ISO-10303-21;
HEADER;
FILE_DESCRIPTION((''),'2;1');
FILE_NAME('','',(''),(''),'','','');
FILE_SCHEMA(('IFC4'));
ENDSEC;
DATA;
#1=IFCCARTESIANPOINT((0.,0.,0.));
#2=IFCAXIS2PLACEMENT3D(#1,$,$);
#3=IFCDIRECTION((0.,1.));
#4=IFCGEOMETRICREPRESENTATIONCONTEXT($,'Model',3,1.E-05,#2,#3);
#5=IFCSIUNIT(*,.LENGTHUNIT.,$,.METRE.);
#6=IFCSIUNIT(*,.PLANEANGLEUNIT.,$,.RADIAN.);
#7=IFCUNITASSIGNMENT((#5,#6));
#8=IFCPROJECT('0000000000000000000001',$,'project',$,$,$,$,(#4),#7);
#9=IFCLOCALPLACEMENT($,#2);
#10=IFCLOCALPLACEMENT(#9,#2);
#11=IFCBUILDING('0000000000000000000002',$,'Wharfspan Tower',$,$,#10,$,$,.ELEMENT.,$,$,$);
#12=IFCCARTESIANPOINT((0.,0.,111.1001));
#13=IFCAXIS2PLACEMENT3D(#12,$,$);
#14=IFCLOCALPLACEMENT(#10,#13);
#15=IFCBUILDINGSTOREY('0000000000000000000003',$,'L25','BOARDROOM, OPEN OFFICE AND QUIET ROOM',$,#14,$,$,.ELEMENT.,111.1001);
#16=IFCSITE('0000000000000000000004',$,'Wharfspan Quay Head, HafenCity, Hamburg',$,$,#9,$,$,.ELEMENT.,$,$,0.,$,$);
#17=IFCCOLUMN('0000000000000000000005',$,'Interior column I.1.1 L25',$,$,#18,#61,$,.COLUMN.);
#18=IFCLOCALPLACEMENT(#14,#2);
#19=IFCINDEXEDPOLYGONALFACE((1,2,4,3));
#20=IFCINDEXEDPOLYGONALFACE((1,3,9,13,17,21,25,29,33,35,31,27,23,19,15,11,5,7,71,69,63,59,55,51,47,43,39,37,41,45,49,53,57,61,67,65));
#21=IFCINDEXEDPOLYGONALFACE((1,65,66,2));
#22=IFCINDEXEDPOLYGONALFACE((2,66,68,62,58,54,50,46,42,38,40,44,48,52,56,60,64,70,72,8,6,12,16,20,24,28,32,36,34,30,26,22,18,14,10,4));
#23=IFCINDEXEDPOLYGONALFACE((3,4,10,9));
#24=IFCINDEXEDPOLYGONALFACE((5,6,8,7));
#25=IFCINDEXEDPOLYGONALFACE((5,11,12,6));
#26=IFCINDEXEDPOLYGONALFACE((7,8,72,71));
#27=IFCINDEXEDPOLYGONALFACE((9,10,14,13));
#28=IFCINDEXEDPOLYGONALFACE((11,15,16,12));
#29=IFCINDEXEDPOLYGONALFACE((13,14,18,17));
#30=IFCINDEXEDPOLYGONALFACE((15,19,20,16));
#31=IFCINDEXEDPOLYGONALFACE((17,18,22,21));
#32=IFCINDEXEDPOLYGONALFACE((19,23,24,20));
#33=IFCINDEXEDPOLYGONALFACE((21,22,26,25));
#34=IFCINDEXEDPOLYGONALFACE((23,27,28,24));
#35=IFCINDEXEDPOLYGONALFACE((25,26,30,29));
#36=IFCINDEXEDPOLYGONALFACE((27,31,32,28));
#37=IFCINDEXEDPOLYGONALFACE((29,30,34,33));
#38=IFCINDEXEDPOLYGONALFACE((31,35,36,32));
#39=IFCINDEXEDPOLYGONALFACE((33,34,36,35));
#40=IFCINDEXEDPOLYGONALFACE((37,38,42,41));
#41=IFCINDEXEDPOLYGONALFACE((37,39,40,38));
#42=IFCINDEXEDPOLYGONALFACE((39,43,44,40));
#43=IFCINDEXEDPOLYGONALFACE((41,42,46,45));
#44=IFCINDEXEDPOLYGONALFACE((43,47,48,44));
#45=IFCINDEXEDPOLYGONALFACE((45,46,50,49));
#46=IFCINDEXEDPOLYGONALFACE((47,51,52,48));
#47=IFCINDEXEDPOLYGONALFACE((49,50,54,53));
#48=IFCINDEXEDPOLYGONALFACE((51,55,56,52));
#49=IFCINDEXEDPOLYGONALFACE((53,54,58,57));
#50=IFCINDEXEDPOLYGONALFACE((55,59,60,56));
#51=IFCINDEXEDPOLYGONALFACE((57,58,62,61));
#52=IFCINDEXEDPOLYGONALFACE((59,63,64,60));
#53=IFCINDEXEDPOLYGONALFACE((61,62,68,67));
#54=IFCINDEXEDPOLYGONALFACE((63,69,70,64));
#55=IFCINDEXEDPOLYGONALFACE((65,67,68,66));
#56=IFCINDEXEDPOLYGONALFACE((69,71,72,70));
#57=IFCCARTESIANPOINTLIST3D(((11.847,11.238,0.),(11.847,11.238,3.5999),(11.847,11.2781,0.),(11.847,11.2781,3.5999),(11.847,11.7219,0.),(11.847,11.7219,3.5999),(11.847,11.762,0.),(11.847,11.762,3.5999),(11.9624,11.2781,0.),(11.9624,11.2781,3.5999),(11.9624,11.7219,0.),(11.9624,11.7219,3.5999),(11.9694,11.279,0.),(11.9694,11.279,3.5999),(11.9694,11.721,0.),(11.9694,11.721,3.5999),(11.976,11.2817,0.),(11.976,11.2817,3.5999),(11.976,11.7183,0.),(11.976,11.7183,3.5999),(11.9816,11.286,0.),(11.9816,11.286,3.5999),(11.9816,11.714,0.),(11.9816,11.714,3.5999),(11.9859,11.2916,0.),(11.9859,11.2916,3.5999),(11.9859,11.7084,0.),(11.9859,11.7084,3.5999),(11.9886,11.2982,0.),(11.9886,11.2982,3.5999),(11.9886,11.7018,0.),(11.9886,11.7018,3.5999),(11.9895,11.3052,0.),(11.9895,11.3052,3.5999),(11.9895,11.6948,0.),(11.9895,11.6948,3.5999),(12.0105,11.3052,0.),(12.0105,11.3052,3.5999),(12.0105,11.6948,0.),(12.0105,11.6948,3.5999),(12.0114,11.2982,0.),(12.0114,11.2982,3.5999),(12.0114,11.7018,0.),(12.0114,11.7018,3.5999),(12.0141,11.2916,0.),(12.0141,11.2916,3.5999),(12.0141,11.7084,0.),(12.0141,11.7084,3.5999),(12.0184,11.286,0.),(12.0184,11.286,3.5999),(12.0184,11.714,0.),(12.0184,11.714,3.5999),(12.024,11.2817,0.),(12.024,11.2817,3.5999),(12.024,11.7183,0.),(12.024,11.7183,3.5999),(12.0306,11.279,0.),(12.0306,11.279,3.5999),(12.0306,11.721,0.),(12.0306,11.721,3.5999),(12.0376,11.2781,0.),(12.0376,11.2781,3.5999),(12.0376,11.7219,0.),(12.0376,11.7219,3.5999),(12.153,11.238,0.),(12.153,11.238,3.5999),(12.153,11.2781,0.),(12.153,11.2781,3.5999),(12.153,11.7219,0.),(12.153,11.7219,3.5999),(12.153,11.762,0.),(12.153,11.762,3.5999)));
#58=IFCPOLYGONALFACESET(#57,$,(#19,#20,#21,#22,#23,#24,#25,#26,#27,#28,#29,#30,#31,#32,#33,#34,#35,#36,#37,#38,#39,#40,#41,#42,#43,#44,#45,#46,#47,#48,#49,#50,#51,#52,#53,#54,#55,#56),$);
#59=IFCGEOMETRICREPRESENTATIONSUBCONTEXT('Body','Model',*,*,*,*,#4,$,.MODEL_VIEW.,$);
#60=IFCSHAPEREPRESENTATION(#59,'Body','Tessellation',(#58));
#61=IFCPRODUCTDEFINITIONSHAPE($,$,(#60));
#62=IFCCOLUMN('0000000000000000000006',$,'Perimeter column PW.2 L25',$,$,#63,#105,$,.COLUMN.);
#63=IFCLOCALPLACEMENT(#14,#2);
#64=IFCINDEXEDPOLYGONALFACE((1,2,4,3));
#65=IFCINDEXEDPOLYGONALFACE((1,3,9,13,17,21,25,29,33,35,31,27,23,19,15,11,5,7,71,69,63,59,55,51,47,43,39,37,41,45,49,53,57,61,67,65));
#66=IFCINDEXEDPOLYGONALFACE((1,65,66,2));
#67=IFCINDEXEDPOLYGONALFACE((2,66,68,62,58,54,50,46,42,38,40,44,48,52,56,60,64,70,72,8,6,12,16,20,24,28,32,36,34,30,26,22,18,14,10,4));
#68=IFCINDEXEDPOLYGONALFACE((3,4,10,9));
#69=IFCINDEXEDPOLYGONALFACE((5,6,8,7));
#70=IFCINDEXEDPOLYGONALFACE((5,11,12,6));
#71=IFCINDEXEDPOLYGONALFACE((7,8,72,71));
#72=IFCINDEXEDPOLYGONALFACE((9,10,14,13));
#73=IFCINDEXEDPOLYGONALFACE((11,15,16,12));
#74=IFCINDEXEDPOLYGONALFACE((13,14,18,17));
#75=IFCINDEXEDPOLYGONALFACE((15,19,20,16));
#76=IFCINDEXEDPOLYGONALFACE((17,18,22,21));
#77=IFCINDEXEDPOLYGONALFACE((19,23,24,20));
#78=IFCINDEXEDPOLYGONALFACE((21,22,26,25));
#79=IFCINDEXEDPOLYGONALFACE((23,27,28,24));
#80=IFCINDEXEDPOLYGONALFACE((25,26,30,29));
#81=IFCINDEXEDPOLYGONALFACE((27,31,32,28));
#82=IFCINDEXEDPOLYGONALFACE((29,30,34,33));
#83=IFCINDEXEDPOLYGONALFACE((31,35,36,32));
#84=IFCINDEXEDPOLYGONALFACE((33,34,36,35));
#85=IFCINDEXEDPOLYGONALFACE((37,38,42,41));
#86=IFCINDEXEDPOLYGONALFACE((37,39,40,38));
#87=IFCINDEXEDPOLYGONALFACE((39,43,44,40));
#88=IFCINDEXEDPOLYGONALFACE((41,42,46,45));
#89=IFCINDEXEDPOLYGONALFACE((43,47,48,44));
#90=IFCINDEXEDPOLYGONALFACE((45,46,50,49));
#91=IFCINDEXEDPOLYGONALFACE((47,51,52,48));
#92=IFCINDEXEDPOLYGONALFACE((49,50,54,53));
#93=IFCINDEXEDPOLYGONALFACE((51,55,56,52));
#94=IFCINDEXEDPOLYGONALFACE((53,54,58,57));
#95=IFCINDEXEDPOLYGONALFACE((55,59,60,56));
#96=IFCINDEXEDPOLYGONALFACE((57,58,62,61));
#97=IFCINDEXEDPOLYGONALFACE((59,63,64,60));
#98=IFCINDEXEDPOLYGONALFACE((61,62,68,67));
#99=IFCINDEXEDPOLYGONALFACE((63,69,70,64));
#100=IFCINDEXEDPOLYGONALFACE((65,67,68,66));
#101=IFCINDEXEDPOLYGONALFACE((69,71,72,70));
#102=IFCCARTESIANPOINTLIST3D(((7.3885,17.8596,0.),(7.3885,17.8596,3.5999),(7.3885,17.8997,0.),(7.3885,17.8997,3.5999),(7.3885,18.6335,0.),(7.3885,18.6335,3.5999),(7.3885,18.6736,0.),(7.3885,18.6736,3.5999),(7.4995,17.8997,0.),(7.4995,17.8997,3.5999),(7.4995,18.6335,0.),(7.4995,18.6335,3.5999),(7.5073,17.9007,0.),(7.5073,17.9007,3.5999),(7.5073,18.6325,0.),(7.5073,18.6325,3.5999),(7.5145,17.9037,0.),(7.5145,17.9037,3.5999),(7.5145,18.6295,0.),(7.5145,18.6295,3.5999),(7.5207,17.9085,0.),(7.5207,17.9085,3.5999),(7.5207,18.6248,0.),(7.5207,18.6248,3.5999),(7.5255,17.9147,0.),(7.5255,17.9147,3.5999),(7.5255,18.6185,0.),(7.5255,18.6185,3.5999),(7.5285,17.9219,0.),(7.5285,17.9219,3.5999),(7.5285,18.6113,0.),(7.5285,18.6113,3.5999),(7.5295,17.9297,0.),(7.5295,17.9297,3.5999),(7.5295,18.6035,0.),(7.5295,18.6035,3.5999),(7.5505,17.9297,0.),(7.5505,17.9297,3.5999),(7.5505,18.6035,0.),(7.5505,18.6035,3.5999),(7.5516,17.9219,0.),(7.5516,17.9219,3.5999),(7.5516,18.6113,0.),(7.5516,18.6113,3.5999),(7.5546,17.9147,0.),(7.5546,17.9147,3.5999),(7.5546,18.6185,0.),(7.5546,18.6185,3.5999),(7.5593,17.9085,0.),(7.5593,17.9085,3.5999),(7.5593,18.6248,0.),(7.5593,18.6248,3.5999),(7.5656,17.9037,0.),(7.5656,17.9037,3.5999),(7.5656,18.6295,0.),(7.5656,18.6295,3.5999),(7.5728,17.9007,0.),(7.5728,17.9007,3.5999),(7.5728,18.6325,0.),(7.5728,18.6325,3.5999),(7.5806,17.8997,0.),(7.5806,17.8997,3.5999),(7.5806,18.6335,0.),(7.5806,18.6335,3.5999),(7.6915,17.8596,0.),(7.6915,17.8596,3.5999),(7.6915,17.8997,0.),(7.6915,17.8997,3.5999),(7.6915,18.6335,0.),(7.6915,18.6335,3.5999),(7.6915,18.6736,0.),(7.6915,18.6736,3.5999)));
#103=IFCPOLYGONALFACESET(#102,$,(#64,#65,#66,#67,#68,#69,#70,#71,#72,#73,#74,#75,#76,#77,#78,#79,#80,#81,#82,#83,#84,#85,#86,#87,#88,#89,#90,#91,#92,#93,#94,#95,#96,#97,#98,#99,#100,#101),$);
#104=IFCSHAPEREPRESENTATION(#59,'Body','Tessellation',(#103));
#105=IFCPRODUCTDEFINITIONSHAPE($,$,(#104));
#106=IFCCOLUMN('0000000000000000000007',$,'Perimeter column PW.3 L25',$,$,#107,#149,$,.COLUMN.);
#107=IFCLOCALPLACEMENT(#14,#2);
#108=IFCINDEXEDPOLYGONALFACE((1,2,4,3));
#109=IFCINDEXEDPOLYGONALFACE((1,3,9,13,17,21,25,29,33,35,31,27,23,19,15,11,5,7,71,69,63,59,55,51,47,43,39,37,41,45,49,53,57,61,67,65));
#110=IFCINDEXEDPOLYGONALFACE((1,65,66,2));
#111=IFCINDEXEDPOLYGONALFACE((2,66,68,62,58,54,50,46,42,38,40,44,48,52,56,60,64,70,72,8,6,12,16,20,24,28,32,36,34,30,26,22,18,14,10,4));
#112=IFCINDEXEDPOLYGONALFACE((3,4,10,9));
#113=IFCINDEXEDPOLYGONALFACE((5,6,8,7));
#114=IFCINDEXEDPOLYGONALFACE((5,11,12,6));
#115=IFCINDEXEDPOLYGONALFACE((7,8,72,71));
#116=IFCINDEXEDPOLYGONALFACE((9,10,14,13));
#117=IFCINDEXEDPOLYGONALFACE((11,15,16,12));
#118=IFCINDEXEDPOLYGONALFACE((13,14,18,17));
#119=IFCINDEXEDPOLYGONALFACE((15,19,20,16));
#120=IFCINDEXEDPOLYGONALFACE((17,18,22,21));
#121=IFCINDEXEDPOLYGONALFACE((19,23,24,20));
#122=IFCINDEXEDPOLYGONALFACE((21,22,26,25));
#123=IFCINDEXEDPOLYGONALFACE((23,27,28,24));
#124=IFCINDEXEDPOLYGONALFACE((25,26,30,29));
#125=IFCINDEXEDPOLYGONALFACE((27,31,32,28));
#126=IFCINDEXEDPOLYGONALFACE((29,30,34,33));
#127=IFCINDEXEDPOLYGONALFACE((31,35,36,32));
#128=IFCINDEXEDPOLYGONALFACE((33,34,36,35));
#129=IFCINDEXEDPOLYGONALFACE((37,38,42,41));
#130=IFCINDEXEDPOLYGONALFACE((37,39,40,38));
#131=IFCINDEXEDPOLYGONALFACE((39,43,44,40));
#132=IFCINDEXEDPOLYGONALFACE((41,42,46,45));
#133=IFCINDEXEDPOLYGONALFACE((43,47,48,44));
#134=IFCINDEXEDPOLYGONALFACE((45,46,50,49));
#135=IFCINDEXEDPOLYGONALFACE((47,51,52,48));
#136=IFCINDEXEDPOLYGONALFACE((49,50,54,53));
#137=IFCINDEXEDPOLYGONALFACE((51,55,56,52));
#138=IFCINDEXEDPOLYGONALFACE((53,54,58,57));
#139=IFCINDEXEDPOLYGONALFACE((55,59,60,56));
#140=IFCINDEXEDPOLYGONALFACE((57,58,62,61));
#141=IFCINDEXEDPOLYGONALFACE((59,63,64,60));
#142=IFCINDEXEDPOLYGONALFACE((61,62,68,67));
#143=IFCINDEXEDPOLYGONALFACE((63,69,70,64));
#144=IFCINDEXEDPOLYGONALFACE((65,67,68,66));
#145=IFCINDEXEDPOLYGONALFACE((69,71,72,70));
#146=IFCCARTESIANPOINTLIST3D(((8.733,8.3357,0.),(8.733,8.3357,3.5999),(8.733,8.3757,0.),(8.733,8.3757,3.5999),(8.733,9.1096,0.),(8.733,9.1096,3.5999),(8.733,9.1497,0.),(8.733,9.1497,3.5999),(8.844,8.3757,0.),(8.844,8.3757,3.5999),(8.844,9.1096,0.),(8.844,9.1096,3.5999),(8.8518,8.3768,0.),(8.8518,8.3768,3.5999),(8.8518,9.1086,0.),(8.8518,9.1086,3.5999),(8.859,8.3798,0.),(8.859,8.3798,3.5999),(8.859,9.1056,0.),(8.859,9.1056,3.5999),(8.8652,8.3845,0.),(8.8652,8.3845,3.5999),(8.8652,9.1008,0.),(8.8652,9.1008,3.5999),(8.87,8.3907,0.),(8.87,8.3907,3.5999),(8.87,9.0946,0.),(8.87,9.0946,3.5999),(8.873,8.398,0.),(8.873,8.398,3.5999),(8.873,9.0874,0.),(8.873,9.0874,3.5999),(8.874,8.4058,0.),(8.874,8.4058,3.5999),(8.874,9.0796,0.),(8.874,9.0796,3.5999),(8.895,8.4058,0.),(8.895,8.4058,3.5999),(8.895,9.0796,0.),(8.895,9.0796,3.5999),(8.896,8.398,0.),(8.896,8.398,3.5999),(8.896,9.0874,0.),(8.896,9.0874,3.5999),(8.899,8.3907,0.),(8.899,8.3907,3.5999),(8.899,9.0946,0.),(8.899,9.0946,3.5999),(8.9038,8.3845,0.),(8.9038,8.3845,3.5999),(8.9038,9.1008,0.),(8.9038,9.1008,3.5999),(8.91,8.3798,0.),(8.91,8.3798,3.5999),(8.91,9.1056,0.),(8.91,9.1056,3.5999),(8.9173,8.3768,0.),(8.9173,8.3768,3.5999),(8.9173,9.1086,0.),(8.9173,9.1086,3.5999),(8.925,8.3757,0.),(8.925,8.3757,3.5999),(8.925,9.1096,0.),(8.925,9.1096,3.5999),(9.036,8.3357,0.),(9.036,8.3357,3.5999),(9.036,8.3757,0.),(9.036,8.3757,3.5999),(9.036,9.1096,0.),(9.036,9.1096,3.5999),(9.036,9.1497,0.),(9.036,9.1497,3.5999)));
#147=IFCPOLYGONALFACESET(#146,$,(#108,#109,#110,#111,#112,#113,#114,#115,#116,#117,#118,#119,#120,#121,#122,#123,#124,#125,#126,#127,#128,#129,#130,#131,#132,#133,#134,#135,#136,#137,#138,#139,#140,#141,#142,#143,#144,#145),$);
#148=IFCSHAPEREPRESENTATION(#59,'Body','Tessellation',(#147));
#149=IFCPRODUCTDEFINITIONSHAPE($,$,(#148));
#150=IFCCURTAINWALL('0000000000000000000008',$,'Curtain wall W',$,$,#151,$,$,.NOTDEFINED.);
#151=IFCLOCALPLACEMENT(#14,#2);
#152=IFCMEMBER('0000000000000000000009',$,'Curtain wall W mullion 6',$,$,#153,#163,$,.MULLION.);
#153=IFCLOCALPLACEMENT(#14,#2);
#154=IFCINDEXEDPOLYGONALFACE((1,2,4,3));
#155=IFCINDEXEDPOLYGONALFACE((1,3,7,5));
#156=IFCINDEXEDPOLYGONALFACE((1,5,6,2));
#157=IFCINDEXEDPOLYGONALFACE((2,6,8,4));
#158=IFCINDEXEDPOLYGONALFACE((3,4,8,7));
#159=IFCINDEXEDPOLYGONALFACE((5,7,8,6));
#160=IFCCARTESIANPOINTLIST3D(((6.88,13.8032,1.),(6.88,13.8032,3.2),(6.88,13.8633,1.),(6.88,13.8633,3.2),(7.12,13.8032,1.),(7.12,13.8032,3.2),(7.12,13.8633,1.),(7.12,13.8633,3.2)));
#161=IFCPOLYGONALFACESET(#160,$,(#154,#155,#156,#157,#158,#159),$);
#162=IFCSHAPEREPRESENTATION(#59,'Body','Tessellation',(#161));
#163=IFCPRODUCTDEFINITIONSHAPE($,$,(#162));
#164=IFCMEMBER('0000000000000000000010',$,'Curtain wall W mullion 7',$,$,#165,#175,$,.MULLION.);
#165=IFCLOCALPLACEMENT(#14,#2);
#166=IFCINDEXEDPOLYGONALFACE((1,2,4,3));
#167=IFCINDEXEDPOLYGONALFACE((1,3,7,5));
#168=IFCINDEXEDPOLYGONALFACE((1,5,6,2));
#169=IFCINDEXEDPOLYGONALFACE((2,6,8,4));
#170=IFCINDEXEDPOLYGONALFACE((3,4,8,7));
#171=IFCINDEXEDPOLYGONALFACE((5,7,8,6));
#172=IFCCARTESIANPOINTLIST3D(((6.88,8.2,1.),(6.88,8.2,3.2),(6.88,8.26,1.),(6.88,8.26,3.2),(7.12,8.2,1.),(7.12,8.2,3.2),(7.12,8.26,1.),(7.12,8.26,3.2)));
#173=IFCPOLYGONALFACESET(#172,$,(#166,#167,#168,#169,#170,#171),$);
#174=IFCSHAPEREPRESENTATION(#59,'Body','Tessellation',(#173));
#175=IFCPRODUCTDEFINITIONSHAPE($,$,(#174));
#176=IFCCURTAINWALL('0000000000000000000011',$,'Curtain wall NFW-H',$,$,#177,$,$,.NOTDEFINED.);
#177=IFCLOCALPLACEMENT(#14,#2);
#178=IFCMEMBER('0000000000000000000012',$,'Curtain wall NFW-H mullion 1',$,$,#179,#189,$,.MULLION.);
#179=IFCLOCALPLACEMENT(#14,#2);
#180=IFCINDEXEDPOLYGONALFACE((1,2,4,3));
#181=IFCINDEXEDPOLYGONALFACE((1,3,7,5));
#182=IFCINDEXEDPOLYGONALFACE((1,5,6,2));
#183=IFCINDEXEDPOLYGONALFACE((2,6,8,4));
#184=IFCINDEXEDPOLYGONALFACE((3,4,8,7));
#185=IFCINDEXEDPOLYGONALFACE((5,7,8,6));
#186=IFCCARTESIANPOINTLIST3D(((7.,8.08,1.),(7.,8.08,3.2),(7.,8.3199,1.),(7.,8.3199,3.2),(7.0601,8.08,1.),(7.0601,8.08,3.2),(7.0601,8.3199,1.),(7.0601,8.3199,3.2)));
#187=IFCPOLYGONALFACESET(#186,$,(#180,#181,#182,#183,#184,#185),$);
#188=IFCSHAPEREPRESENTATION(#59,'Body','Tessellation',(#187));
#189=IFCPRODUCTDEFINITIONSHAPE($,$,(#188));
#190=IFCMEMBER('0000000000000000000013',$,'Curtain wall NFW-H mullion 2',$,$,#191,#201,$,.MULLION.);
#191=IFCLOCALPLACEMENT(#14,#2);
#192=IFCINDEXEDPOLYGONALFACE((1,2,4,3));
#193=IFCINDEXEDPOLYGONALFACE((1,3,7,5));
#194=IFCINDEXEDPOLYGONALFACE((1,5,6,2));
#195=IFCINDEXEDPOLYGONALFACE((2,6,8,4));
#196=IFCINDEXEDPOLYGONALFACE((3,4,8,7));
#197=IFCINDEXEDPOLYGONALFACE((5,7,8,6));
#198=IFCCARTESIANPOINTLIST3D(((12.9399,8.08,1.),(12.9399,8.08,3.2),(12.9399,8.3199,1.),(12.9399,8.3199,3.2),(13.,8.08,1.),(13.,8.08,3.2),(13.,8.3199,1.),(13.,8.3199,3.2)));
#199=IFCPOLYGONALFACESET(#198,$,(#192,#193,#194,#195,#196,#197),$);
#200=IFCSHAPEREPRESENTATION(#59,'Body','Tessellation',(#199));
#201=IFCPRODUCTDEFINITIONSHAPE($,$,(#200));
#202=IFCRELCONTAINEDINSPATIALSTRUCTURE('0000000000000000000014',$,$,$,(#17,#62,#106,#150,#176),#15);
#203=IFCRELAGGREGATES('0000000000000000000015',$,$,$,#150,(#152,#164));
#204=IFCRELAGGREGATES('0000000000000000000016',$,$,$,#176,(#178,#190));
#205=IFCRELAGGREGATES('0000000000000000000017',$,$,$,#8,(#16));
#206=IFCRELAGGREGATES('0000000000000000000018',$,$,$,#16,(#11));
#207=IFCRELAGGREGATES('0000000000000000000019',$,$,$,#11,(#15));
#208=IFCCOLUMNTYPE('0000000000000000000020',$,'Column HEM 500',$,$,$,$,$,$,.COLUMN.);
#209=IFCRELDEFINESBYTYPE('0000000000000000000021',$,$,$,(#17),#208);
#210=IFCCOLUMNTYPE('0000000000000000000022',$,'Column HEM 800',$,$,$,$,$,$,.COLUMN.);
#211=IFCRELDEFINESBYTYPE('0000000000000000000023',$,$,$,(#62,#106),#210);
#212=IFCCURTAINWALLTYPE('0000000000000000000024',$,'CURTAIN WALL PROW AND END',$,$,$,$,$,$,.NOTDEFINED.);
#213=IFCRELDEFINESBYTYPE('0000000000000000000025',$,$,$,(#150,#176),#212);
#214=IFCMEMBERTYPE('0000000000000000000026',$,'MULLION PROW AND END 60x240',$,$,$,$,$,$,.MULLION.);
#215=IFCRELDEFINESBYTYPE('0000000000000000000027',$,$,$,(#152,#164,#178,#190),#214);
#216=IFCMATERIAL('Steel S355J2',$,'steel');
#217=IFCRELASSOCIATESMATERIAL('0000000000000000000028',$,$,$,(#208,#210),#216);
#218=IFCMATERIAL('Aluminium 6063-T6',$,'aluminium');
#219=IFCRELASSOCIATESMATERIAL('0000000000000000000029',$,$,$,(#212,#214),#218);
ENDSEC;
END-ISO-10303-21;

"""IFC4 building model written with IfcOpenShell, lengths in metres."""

from ifc_helpers import new_model, si_unit, direction, frame, origin, origin_2d, place, context, subcontext, project, spatial, rectangle, i_section, extrude, material, material_profile, profile_set, type_object, element, aggregate, save


model = new_model("IFC4")

# Units and contexts
model_context = context("Model", 3, precision=1e-05, world=origin(), true_north=direction((0.0, 1.0)))
body_context = subcontext(model_context, "Body", "Model", "MODEL_VIEW")
ifc_project = project(units=[si_unit("LENGTHUNIT", "METRE"), si_unit("PLANEANGLEUNIT", "RADIAN")], contexts=[model_context])

# Site, building, storey
site_placement = place(None, origin())
site = spatial("IfcSite", under=ifc_project, at=site_placement, Name="Wharfspan Quay Head, HafenCity, Hamburg", CompositionType="ELEMENT", RefElevation=0.0)
building_placement = place(site_placement, origin())
building = spatial("IfcBuilding", under=site, at=building_placement, Name="Wharfspan Tower", CompositionType="ELEMENT")
storey_placement = place(building_placement, frame((0.0, 0.0, 111.1001)))
storey = spatial("IfcBuildingStorey", under=building, at=storey_placement, Name="L25", Description="BOARDROOM, OPEN OFFICE AND QUIET ROOM", CompositionType="ELEMENT", Elevation=111.1001)

# Columns
ifc_material_1 = material(Name="Steel S355J2", Category="steel")
ifc_material_profile_1 = material_profile(ifc_material_1, i_section(OverallWidth=0.3059, OverallDepth=0.5239, WebThickness=0.021, FlangeThickness=0.04, FilletRadius=0.0271, at=origin_2d()))
ifc_profile_set_1 = profile_set([ifc_material_profile_1], Name="Steel S355J2")
column_type_1 = type_object("IfcColumnType", Name="Column HEM 500", PredefinedType="COLUMN", material=ifc_profile_set_1)
column_placement = place(storey_placement, frame((12.0, 11.5, 0.0), z_axis=(0.0, 0.0, 1.0), x_axis=(1.0, 0.0, 0.0)))
element("IfcColumn", 1, at=column_placement, inside=storey, type_object=column_type_1, Name="Interior column I.1.1 L25", PredefinedType="COLUMN", context=body_context, shape_type="SweptSolid", body=[
    extrude(i_section(OverallWidth=0.3059, OverallDepth=0.5239, WebThickness=0.021, FlangeThickness=0.04, FilletRadius=0.0271, at=origin_2d()), origin(), (0.0, 0.0, 1.0), 3.5999),
])
ifc_material_profile_2 = material_profile(ifc_material_1, i_section(OverallWidth=0.303, OverallDepth=0.814, WebThickness=0.021, FlangeThickness=0.04, FilletRadius=0.03, at=origin_2d()))
ifc_profile_set_2 = profile_set([ifc_material_profile_2], Name="Steel S355J2")
column_type_2 = type_object("IfcColumnType", Name="Column HEM 800", PredefinedType="COLUMN", material=ifc_profile_set_2)
for number, where, z_axis, x_axis, name in (
    (2, (7.54, 18.2666, 0.0), (0.0, 0.0, 1.0), (-1.0, 0.0, 0.0), "Perimeter column PW.2 L25"),
    (3, (8.8845, 8.7427, 0.0), (0.0, 0.0, 1.0), (-1.0, 0.0, 0.0), "Perimeter column PW.3 L25"),
):
    element("IfcColumn", number, at=place(storey_placement, frame(where, z_axis=z_axis, x_axis=x_axis)), inside=storey, type_object=column_type_2, Name=name, PredefinedType="COLUMN", context=body_context, shape_type="SweptSolid", body=[
        extrude(i_section(OverallWidth=0.303, OverallDepth=0.814, WebThickness=0.021, FlangeThickness=0.04, FilletRadius=0.03, at=origin_2d()), origin(), (0.0, 0.0, 1.0), 3.5999),
    ])

# Curtain walls, members
ifc_material_2 = material(Name="Aluminium 6063-T6", Category="aluminium")
curtain_wall_type = type_object("IfcCurtainWallType", Name="CURTAIN WALL PROW AND END", PredefinedType="NOTDEFINED", material=ifc_material_2)
curtain_wall_1_placement = place(storey_placement, origin())
curtain_wall_1 = element("IfcCurtainWall", 4, at=curtain_wall_1_placement, inside=storey, type_object=curtain_wall_type, Name="Curtain wall W", PredefinedType="NOTDEFINED")
ifc_material_profile_3 = material_profile(ifc_material_2, rectangle(XDim=0.24, YDim=0.0601, at=origin_2d()))
ifc_profile_set_3 = profile_set([ifc_material_profile_3], Name="Aluminium 6063-T6")
member_type_1 = type_object("IfcMemberType", Name="MULLION PROW AND END 60x240", PredefinedType="MULLION", material=ifc_profile_set_3)
member_1_placement = place(storey_placement, frame((7.0, 13.8333, 1.0), z_axis=(0.0, 0.0, 1.0), x_axis=(1.0, 0.0, 0.0)))
member_1 = element("IfcMember", 5, at=member_1_placement, type_object=member_type_1, Name="Curtain wall W mullion 6", PredefinedType="MULLION", context=body_context, shape_type="SweptSolid", body=[
    extrude(rectangle(XDim=0.24, YDim=0.0601, at=origin_2d()), origin(), (0.0, 0.0, 1.0), 2.2),
])
member_2_placement = place(storey_placement, frame((7.0, 8.23, 1.0), z_axis=(0.0, 0.0, 1.0), x_axis=(1.0, 0.0, 0.0)))
member_2 = element("IfcMember", 6, at=member_2_placement, type_object=member_type_1, Name="Curtain wall W mullion 7", PredefinedType="MULLION", context=body_context, shape_type="SweptSolid", body=[
    extrude(rectangle(XDim=0.24, YDim=0.0601, at=origin_2d()), origin(), (0.0, 0.0, 1.0), 2.2),
])
curtain_wall_2_placement = place(storey_placement, origin())
curtain_wall_2 = element("IfcCurtainWall", 7, at=curtain_wall_2_placement, inside=storey, type_object=curtain_wall_type, Name="Curtain wall NFW-H", PredefinedType="NOTDEFINED")
member_3_placement = place(storey_placement, frame((7.03, 8.2, 1.0), z_axis=(0.0, 0.0, 1.0), x_axis=(0.0, 1.0, 0.0)))
member_3 = element("IfcMember", 8, at=member_3_placement, type_object=member_type_1, Name="Curtain wall NFW-H mullion 1", PredefinedType="MULLION", context=body_context, shape_type="SweptSolid", body=[
    extrude(rectangle(XDim=0.24, YDim=0.0601, at=origin_2d()), origin(), (0.0, 0.0, 1.0), 2.2),
])
member_4_placement = place(storey_placement, frame((12.97, 8.2, 1.0), z_axis=(0.0, 0.0, 1.0), x_axis=(0.0, 1.0, 0.0)))
member_4 = element("IfcMember", 9, at=member_4_placement, type_object=member_type_1, Name="Curtain wall NFW-H mullion 2", PredefinedType="MULLION", context=body_context, shape_type="SweptSolid", body=[
    extrude(rectangle(XDim=0.24, YDim=0.0601, at=origin_2d()), origin(), (0.0, 0.0, 1.0), 2.2),
])

aggregate(curtain_wall_1, [member_1, member_2])
aggregate(curtain_wall_2, [member_3, member_4])

save(model, "model.ifc")
